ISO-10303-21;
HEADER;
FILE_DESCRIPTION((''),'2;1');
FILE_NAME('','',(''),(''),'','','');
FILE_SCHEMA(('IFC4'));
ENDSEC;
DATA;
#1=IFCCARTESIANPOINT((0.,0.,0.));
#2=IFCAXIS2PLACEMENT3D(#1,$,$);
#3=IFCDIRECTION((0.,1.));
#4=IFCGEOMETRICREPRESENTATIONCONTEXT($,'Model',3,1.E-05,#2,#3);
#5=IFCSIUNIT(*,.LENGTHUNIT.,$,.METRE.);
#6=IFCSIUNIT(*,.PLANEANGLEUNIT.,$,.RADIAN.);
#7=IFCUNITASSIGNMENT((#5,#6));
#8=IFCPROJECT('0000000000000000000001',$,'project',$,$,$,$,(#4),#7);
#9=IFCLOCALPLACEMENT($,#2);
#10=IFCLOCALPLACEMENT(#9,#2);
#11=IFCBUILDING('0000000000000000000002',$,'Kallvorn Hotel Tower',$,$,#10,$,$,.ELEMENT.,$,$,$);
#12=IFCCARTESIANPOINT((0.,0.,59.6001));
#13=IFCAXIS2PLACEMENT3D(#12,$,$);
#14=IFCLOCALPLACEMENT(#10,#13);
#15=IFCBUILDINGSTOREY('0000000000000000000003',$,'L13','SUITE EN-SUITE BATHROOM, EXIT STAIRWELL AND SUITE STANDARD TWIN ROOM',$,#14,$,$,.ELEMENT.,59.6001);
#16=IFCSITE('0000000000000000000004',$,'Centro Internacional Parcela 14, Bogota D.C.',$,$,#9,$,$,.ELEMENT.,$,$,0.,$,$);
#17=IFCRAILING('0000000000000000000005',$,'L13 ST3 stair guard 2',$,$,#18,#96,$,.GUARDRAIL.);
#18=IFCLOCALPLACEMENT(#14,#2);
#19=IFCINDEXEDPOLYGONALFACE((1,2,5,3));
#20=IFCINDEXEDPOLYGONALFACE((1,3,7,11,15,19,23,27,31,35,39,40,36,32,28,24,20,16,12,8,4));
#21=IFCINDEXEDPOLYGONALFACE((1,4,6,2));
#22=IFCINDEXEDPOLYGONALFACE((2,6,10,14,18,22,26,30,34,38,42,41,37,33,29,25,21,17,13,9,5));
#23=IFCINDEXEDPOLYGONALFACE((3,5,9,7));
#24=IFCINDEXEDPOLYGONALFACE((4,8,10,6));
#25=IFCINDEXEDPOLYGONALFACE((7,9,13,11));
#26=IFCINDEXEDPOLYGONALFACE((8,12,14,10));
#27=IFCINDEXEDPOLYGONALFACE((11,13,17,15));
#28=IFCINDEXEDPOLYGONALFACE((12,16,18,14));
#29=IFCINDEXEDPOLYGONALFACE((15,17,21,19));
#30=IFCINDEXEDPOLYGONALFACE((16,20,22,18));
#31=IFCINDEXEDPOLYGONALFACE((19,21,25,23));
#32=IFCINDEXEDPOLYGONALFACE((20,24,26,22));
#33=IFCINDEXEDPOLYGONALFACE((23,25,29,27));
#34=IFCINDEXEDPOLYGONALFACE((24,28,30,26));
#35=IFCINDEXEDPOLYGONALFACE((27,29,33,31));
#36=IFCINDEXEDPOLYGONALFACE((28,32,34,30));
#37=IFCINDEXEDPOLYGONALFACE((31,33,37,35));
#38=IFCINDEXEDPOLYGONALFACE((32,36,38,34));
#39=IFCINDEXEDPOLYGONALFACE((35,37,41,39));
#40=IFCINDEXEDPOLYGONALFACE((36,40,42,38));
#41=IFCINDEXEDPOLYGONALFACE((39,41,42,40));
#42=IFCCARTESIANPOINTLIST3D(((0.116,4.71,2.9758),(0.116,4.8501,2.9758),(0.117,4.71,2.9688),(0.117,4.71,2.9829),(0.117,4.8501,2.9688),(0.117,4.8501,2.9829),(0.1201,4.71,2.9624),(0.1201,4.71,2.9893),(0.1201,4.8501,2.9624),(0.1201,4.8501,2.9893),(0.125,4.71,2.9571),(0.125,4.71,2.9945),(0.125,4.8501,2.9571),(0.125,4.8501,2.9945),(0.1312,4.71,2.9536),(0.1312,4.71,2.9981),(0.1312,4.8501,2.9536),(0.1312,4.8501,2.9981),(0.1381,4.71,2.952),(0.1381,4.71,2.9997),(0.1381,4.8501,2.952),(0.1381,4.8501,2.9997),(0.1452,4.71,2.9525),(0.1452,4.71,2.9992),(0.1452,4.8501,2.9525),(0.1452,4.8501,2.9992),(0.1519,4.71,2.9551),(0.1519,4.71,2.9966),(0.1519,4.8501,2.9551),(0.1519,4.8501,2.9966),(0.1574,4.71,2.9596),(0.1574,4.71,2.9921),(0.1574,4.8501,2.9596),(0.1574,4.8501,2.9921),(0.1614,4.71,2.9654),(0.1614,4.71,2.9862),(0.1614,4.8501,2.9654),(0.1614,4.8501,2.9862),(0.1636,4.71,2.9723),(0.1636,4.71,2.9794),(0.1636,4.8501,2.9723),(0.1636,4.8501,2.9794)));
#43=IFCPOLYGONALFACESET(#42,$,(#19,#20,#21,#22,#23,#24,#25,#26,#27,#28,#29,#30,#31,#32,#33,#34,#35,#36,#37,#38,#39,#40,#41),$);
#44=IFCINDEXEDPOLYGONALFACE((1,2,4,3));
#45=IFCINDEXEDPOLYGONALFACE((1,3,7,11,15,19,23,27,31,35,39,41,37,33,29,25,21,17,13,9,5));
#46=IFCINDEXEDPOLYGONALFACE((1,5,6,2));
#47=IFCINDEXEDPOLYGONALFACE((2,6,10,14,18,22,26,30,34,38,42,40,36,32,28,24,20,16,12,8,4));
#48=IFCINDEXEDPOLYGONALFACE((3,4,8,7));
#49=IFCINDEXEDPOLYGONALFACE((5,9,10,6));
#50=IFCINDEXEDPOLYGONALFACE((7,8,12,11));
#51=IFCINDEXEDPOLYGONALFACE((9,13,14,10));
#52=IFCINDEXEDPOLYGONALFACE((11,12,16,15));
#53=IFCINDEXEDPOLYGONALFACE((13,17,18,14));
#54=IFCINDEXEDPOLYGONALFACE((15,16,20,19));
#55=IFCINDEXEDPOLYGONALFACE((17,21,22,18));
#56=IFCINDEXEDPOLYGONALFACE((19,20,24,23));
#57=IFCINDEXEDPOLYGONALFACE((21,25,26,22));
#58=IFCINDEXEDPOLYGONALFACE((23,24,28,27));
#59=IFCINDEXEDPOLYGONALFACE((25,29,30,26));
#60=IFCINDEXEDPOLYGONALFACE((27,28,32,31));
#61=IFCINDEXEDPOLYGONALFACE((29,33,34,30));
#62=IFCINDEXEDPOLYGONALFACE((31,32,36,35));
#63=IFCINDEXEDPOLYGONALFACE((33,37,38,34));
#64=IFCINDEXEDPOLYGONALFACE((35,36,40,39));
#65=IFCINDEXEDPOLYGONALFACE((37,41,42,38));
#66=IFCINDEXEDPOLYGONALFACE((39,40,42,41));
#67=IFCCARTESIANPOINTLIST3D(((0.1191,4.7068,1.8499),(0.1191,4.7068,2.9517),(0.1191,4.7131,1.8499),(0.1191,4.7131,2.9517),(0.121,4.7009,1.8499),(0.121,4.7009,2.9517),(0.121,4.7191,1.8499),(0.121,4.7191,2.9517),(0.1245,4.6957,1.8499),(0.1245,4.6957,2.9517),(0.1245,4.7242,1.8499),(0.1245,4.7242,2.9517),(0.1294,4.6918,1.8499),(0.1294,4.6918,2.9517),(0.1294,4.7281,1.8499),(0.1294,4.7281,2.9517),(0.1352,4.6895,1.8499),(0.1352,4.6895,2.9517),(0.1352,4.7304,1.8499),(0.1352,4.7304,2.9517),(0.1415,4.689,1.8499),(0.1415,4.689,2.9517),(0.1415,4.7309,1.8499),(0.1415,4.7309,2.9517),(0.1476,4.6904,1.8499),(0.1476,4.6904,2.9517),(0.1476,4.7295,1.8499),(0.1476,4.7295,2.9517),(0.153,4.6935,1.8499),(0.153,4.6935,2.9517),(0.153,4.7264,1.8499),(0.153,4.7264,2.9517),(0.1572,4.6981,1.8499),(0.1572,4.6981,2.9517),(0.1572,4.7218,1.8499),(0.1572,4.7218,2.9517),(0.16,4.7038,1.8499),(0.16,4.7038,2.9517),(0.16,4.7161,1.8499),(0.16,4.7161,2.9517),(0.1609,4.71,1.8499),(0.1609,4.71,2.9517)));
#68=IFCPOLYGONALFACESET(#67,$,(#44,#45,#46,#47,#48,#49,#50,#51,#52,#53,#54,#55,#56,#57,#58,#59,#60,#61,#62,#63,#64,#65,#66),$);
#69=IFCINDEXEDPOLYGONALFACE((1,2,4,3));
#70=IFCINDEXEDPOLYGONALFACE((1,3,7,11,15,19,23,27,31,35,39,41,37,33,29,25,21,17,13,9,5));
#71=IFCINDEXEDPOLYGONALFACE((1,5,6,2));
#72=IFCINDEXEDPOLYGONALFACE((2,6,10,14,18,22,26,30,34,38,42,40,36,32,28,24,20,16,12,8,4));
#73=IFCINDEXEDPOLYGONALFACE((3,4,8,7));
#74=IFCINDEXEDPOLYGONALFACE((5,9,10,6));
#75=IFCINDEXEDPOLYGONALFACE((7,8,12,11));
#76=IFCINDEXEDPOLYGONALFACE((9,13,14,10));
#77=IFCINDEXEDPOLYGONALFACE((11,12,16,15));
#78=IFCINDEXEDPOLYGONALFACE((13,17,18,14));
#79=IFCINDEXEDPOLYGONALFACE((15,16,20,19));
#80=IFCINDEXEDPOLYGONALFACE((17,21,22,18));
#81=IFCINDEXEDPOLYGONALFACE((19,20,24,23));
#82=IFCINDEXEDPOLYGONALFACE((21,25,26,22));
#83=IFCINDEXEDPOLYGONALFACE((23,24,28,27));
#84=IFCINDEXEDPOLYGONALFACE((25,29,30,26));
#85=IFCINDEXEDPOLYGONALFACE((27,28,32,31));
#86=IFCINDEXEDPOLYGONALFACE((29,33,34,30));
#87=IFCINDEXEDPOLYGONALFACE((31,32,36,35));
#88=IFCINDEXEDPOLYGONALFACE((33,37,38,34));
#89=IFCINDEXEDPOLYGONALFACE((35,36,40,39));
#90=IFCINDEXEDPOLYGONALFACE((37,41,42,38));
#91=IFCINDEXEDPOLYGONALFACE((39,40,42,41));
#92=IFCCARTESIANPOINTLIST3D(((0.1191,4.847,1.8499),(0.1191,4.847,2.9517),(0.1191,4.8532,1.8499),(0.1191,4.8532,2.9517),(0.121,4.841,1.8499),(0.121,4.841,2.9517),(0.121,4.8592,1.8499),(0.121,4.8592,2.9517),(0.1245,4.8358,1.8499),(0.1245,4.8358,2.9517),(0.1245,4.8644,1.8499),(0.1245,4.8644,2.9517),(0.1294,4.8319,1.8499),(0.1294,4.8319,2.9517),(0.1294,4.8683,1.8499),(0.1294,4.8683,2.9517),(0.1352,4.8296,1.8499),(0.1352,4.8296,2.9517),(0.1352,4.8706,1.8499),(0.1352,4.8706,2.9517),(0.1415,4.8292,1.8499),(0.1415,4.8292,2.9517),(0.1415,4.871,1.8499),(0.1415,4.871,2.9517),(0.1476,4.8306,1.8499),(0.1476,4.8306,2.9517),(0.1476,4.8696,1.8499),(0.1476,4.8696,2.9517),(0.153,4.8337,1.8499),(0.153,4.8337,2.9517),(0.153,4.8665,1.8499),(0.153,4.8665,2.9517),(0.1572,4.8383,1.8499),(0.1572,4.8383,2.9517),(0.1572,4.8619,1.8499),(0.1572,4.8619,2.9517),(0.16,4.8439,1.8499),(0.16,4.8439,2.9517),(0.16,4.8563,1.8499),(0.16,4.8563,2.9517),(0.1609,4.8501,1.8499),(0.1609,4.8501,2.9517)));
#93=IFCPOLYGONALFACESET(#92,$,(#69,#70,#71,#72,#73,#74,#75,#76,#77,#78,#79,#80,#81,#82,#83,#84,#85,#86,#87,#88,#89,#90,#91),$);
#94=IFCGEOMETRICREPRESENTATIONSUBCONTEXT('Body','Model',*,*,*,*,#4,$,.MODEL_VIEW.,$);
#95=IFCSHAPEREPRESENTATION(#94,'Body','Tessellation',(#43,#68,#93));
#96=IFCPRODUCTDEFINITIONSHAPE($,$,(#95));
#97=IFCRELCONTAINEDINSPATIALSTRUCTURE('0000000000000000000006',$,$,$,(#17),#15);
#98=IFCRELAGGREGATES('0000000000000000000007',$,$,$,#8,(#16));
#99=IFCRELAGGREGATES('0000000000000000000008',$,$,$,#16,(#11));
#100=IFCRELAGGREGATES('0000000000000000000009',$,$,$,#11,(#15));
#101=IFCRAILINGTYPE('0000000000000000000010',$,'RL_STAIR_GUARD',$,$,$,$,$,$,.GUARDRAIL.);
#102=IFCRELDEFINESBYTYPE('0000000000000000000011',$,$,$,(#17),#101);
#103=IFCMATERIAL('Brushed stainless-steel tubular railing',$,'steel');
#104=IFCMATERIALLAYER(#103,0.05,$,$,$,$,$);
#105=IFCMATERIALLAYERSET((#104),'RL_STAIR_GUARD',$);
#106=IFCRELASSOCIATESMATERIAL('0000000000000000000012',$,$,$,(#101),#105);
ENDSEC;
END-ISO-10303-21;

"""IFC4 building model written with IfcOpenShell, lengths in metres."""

from ifc_helpers import new_model, si_unit, direction, frame, origin, origin_2d, place, context, subcontext, project, spatial, circle, extrude, material, layer, layer_set, type_object, element, save


model = new_model("IFC4")

# Units and contexts
model_context = context("Model", 3, precision=1e-05, world=origin(), true_north=direction((0.0, 1.0)))
body_context = subcontext(model_context, "Body", "Model", "MODEL_VIEW")
ifc_project = project(units=[si_unit("LENGTHUNIT", "METRE"), si_unit("PLANEANGLEUNIT", "RADIAN")], contexts=[model_context])

# Site, building, storey
site_placement = place(None, origin())
site = spatial("IfcSite", under=ifc_project, at=site_placement, Name="Centro Internacional Parcela 14, Bogota D.C.", CompositionType="ELEMENT", RefElevation=0.0)
building_placement = place(site_placement, origin())
building = spatial("IfcBuilding", under=site, at=building_placement, Name="Kallvorn Hotel Tower", CompositionType="ELEMENT")
storey_placement = place(building_placement, frame((0.0, 0.0, 59.6001)))
storey = spatial("IfcBuildingStorey", under=building, at=storey_placement, Name="L13", Description="SUITE EN-SUITE BATHROOM, EXIT STAIRWELL AND SUITE STANDARD TWIN ROOM", CompositionType="ELEMENT", Elevation=59.6001)

# Railing
ifc_material_1 = material(Name="Brushed stainless-steel tubular railing", Category="steel")
ifc_layer_1 = layer(ifc_material_1, 0.05)
ifc_layer_set_1 = layer_set([ifc_layer_1], Name="RL_STAIR_GUARD")
railing_type_1 = type_object("IfcRailingType", Name="RL_STAIR_GUARD", PredefinedType="GUARDRAIL", material=ifc_layer_set_1)
railing_1_placement = place(storey_placement, frame((0.1399, 4.71, 1.8499)))
element("IfcRailing", 1, at=railing_1_placement, inside=storey, type_object=railing_type_1, Name="L13 ST3 stair guard 2", PredefinedType="GUARDRAIL", context=body_context, shape_type="SweptSolid", body=[
    extrude(circle(Radius=0.0239, at=origin_2d()), frame((0.0, 0.0, 1.126), z_axis=(0.0, 1.0, 0.0), x_axis=(-1.0, 0.0, 0.0)), (0.0, 0.0, 1.0), 0.1401),
    extrude(circle(Radius=0.021, at=origin_2d()), origin(), (0.0, 0.0, 1.0), 1.1018),
    extrude(circle(Radius=0.021, at=origin_2d()), frame((0.0, 0.1401, 0.0)), (0.0, 0.0, 1.0), 1.1018),
])

save(model, "model.ifc")
